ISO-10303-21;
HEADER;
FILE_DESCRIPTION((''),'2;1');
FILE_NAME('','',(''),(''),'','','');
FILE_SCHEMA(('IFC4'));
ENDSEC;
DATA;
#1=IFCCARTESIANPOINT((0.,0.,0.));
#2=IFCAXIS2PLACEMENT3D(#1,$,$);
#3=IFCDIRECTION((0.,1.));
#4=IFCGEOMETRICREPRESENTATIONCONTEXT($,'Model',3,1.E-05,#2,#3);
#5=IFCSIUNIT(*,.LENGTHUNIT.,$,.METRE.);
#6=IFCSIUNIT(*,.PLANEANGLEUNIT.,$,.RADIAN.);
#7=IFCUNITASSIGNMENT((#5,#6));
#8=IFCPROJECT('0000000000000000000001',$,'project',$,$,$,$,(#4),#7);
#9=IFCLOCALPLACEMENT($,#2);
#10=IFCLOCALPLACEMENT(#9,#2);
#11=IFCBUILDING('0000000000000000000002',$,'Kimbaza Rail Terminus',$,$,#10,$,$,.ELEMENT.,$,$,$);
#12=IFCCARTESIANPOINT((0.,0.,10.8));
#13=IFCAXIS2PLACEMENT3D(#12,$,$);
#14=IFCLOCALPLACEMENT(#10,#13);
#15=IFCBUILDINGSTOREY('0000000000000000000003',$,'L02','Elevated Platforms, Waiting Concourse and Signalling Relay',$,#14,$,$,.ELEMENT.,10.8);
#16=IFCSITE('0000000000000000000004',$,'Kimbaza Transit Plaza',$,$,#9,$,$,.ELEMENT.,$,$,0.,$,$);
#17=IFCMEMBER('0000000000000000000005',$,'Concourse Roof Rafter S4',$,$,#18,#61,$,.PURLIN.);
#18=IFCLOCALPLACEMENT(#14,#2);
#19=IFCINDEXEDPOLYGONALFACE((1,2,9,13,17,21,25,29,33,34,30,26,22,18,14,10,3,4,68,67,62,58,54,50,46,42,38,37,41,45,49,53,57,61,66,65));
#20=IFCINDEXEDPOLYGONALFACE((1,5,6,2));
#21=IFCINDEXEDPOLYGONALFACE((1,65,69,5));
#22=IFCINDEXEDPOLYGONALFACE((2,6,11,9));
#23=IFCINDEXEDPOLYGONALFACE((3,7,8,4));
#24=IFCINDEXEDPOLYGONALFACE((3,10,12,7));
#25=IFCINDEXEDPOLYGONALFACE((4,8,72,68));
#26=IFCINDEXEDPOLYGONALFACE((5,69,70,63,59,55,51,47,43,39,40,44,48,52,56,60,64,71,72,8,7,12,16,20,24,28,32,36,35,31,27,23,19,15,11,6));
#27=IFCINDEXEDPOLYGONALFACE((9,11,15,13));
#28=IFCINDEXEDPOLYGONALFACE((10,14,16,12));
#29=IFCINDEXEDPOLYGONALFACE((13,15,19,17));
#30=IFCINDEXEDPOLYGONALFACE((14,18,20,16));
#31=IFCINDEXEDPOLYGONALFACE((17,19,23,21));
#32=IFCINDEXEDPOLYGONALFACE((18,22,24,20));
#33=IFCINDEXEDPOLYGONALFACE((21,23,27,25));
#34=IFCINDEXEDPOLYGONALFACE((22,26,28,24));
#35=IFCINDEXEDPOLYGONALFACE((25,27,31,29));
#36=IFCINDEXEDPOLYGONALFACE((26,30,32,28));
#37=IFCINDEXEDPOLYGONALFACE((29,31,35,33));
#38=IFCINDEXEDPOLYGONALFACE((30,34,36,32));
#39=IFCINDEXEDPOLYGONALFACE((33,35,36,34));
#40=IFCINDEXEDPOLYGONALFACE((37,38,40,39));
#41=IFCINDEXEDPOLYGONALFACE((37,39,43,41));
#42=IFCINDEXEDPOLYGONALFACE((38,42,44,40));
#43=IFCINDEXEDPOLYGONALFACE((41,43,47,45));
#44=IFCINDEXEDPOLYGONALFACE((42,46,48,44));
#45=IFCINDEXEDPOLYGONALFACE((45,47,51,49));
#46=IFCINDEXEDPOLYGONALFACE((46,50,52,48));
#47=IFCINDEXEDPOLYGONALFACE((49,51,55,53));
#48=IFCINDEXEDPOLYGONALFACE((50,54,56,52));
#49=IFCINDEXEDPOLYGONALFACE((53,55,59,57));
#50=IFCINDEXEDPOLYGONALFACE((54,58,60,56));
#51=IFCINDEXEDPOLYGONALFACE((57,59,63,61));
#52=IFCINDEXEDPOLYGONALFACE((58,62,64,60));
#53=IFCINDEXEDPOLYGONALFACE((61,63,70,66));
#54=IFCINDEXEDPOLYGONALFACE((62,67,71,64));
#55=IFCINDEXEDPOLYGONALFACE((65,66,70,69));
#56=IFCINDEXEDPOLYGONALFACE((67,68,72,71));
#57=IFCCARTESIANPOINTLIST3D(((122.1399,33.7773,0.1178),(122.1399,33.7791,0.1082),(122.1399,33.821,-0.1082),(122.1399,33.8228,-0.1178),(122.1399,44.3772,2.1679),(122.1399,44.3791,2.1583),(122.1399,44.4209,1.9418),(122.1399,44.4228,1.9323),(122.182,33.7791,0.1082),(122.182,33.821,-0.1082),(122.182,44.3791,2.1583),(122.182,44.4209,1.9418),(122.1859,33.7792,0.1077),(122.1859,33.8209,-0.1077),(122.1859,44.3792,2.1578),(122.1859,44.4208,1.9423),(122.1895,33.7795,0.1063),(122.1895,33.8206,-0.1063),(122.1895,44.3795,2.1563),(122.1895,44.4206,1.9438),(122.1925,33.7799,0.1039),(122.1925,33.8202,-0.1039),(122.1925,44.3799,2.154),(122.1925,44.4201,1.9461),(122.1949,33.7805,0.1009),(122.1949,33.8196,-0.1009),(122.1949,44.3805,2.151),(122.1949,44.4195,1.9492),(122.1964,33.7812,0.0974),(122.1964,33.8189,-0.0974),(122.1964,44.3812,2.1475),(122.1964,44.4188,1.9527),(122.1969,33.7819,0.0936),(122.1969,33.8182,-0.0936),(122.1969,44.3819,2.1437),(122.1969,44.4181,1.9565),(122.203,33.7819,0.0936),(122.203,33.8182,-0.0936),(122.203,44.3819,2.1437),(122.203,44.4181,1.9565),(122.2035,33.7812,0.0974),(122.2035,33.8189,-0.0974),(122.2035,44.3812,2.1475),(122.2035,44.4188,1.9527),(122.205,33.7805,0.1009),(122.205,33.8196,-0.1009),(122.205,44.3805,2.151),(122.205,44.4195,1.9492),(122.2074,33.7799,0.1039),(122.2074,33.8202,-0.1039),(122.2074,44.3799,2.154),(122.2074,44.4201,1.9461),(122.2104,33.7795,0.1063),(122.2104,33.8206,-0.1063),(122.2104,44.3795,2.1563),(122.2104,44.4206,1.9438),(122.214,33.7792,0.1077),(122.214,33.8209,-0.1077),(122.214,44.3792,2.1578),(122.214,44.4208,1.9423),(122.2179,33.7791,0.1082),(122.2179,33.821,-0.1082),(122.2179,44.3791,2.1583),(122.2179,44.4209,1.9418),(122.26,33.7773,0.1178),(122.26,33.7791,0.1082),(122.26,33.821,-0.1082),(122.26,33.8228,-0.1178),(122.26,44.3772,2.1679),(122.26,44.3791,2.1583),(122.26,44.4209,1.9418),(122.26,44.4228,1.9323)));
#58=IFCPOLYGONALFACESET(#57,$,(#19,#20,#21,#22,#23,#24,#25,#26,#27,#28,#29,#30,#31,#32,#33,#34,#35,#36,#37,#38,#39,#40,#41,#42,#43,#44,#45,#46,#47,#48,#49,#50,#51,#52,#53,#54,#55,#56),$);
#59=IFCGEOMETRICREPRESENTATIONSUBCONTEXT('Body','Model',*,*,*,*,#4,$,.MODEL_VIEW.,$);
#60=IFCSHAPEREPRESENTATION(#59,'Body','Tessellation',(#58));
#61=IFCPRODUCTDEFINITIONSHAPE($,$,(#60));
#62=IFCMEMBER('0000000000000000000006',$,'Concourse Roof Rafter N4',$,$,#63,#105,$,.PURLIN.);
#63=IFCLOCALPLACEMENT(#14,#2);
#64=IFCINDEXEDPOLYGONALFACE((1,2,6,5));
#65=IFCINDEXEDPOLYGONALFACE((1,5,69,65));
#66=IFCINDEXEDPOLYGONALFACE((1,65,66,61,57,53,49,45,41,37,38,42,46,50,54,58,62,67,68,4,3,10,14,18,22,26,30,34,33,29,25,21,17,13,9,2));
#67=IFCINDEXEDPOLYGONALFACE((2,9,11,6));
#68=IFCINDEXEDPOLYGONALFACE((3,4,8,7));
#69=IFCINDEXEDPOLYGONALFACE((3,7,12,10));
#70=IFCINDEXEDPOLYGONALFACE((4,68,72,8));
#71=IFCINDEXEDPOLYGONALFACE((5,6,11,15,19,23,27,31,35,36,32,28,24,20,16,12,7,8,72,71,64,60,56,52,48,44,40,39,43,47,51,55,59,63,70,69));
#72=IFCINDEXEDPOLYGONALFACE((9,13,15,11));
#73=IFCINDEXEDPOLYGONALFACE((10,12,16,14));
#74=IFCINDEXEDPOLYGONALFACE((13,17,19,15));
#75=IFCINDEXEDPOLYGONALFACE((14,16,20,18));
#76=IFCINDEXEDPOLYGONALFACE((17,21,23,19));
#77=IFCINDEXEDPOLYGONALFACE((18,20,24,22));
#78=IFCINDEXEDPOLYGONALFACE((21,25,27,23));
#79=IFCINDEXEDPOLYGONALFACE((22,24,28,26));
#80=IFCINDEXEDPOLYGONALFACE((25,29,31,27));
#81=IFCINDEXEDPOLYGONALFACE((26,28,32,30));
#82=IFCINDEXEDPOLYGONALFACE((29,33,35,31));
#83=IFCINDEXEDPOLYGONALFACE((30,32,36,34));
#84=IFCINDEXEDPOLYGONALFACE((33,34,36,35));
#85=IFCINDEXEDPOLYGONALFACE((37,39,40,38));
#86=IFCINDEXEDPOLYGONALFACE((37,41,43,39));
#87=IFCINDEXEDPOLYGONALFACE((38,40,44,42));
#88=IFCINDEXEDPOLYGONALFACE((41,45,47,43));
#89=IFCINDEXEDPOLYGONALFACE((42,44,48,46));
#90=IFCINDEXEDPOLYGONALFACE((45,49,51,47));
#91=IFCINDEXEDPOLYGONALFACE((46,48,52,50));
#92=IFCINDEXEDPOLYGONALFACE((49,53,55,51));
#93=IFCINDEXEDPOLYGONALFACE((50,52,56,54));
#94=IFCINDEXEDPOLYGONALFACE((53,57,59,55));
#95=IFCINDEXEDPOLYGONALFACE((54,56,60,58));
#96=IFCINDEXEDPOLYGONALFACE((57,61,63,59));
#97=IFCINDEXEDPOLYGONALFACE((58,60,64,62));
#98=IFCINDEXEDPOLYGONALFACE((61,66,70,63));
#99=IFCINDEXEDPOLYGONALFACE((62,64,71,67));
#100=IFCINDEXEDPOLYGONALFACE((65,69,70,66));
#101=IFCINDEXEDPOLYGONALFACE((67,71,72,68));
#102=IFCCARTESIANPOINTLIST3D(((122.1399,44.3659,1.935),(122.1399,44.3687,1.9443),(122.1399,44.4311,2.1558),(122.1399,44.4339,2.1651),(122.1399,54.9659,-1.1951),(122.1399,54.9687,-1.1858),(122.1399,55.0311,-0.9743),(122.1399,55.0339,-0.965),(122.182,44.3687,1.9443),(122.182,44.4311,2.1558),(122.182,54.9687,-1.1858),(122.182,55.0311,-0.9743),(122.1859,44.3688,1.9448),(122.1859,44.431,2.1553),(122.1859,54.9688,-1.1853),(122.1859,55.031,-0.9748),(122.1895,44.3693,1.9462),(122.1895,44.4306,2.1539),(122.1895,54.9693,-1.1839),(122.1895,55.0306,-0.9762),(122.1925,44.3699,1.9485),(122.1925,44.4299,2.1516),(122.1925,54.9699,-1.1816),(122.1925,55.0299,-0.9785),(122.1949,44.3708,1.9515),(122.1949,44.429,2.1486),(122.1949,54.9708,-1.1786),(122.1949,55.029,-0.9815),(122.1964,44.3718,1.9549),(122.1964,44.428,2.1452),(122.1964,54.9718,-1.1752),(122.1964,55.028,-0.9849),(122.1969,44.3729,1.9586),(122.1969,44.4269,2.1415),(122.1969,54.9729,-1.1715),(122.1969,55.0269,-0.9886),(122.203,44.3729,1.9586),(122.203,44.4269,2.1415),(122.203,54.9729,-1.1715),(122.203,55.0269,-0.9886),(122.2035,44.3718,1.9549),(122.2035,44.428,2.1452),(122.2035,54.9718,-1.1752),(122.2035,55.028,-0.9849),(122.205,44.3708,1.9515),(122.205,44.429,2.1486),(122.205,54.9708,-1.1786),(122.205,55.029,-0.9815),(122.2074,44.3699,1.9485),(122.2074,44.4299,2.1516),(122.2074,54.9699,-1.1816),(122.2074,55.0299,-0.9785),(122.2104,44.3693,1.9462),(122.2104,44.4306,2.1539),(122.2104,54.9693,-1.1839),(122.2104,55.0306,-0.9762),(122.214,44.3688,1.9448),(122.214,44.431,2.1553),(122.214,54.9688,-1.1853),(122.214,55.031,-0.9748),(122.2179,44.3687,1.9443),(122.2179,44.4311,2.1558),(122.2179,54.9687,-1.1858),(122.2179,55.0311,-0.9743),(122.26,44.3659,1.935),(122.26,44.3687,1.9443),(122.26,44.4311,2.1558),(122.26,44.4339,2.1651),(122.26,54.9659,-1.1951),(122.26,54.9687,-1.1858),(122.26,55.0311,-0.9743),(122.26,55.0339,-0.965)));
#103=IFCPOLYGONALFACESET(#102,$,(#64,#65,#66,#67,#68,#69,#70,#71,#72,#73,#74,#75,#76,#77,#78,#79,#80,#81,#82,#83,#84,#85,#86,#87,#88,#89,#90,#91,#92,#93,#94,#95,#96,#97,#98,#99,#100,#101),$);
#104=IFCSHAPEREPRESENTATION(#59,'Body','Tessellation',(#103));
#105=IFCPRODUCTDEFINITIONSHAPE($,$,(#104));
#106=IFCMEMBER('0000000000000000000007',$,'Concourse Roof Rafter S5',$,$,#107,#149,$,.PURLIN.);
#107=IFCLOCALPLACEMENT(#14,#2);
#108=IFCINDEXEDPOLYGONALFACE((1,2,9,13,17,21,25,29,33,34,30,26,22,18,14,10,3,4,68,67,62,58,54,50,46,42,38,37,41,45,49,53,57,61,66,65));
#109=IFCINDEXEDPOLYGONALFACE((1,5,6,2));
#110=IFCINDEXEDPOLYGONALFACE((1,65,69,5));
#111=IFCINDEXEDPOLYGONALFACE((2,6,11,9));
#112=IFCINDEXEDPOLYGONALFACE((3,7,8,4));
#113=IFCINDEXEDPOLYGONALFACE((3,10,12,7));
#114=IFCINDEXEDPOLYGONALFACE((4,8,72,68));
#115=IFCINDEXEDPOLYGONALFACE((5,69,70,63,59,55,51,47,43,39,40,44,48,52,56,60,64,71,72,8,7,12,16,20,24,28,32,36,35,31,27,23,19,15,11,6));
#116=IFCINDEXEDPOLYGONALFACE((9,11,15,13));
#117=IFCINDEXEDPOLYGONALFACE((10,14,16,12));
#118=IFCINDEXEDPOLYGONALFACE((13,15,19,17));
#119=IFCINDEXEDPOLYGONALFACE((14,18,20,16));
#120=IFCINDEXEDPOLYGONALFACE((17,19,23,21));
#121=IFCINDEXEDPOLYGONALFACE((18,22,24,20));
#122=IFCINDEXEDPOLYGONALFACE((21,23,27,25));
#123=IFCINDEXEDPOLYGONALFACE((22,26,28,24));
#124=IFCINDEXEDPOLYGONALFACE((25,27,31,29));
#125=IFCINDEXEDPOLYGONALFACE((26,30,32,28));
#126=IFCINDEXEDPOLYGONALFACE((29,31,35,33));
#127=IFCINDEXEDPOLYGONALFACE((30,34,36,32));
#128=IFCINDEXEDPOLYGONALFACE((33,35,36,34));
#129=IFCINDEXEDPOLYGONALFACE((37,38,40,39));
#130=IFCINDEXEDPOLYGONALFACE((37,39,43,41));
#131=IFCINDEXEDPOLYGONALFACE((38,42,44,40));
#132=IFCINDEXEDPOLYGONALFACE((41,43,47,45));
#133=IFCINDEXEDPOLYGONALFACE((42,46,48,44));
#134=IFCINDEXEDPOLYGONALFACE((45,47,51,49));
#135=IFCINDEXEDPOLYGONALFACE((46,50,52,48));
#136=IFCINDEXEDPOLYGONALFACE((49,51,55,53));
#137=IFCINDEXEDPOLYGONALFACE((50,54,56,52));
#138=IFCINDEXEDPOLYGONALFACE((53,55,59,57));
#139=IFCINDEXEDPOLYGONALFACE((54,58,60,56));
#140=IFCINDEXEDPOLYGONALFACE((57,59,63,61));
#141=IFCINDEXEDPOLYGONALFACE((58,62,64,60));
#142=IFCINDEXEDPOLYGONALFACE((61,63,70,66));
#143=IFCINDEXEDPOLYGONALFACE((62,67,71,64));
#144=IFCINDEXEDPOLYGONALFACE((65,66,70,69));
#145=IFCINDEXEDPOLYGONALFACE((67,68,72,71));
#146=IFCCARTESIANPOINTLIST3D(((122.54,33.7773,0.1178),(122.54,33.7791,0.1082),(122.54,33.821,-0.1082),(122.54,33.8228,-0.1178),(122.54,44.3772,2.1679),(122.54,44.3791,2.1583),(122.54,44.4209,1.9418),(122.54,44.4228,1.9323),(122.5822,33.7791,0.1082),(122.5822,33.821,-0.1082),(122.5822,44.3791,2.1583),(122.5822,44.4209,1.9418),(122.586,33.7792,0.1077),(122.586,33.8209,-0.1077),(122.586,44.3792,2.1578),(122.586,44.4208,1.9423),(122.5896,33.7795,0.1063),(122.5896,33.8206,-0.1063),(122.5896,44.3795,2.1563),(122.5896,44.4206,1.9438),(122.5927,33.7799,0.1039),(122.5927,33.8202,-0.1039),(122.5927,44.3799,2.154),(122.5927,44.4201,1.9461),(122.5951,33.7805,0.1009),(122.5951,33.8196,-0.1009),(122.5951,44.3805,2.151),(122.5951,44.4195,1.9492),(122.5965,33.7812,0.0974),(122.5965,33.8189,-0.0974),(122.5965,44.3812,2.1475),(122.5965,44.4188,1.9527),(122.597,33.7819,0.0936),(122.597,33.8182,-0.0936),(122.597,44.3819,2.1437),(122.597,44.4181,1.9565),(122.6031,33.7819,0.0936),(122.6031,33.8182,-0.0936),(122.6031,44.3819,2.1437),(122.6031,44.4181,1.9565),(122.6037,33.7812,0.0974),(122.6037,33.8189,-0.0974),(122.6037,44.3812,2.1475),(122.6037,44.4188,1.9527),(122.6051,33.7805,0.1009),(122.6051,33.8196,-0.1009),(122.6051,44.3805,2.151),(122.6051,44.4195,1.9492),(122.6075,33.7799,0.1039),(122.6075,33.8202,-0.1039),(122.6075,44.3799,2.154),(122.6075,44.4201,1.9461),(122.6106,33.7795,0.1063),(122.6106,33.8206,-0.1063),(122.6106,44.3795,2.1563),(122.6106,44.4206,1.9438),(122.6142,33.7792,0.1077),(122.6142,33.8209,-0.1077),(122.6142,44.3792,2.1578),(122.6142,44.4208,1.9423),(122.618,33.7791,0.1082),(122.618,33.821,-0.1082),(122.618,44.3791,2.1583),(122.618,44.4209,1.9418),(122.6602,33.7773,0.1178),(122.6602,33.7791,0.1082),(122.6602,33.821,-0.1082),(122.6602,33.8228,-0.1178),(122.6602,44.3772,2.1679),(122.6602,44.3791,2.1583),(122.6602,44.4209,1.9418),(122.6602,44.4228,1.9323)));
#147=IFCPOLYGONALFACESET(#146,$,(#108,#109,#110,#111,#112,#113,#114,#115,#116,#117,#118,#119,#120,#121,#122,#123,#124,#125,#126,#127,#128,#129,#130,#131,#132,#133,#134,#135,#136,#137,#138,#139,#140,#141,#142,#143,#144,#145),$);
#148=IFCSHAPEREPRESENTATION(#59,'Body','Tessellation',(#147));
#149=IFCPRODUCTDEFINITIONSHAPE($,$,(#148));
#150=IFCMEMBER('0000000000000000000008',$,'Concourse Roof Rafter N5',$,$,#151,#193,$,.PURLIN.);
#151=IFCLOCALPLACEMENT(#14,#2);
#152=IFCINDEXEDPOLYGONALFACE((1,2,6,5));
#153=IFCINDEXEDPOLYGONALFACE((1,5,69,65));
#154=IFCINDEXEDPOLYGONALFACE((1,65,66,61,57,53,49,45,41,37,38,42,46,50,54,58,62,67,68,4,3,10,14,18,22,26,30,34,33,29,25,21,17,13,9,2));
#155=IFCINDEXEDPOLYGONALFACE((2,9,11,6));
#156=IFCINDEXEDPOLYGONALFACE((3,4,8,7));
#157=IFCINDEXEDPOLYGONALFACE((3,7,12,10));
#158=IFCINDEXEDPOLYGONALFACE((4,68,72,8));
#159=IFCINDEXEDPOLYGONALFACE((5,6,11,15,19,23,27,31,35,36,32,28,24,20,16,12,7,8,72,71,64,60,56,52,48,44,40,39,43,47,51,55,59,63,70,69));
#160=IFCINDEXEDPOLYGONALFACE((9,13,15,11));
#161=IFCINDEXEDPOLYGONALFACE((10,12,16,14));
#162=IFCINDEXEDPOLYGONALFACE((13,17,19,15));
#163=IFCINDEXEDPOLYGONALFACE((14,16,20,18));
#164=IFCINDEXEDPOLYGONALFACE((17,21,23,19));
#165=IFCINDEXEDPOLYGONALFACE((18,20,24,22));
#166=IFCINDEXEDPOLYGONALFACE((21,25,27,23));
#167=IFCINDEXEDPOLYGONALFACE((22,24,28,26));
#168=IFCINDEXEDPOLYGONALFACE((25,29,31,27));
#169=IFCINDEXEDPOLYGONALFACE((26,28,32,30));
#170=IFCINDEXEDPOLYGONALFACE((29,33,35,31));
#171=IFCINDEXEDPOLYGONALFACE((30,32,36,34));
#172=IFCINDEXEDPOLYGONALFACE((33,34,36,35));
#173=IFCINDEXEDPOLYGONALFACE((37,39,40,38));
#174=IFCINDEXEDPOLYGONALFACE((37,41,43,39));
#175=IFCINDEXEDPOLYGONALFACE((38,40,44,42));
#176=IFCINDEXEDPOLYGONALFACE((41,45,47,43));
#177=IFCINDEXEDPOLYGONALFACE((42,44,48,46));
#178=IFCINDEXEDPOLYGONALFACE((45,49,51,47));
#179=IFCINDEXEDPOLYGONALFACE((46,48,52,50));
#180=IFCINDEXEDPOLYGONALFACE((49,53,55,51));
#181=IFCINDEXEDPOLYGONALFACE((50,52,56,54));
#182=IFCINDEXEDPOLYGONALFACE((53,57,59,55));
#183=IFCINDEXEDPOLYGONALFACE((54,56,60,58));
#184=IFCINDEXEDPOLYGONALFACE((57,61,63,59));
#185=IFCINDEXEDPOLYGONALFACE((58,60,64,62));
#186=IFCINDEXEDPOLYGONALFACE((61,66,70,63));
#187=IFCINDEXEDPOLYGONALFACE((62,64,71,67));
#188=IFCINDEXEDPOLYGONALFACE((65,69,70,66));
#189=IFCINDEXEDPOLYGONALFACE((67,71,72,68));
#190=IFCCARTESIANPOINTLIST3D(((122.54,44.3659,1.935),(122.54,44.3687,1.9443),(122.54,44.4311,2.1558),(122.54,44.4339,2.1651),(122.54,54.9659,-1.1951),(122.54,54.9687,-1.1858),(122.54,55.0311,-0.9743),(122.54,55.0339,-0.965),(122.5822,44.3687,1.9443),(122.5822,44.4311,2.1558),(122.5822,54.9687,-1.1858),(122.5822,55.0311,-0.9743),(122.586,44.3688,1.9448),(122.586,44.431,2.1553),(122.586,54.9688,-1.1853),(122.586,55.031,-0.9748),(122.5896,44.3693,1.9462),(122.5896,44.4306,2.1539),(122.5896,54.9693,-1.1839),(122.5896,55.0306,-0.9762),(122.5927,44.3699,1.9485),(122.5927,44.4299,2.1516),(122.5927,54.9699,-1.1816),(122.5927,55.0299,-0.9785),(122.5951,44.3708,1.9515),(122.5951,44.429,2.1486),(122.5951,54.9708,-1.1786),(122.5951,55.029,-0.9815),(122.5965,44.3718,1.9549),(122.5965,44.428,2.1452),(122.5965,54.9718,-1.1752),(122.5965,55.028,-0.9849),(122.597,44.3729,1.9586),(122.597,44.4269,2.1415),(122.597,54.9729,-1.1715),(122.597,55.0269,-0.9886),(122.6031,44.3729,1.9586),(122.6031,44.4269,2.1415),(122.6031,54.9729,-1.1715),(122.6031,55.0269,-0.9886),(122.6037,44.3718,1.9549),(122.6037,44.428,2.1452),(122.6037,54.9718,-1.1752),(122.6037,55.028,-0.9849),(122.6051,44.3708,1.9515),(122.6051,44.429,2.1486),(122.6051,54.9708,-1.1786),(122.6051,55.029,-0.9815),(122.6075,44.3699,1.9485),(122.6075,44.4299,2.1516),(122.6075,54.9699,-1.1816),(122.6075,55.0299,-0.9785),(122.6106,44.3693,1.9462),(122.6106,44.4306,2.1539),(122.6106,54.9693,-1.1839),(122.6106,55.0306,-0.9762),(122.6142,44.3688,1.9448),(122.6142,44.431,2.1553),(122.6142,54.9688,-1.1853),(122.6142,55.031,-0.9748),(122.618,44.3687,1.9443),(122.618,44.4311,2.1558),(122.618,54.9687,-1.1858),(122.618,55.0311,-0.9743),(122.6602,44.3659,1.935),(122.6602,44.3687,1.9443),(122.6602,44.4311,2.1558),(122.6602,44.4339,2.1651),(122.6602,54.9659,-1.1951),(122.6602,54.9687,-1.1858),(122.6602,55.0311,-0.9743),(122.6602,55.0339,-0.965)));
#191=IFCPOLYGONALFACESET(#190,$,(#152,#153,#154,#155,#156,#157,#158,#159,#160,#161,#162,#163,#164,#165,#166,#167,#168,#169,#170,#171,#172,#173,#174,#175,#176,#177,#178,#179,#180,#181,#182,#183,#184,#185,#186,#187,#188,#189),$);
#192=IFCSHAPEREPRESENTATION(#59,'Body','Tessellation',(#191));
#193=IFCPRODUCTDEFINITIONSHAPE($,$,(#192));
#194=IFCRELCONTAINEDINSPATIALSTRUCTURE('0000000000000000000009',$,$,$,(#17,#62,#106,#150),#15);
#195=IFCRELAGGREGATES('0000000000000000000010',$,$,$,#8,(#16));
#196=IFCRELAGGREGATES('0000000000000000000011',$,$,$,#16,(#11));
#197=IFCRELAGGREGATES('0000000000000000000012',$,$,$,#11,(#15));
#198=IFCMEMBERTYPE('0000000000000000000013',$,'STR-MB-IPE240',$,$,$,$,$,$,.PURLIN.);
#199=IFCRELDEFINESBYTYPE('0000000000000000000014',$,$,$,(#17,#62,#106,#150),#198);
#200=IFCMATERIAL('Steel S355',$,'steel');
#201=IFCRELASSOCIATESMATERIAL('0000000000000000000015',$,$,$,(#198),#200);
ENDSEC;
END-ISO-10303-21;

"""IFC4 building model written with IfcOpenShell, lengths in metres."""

from ifc_helpers import new_model, si_unit, direction, frame, origin, origin_2d, place, context, subcontext, project, spatial, i_section, extrude, material, material_profile, profile_set, type_object, element, save


model = new_model("IFC4")

# Units and contexts
model_context = context("Model", 3, precision=1e-05, world=origin(), true_north=direction((0.0, 1.0)))
body_context = subcontext(model_context, "Body", "Model", "MODEL_VIEW")
ifc_project = project(units=[si_unit("LENGTHUNIT", "METRE"), si_unit("PLANEANGLEUNIT", "RADIAN")], contexts=[model_context])

# Site, building, storey
site_placement = place(None, origin())
site = spatial("IfcSite", under=ifc_project, at=site_placement, Name="Kimbaza Transit Plaza", CompositionType="ELEMENT", RefElevation=0.0)
building_placement = place(site_placement, origin())
building = spatial("IfcBuilding", under=site, at=building_placement, Name="Kimbaza Rail Terminus", CompositionType="ELEMENT")
storey_placement = place(building_placement, frame((0.0, 0.0, 10.8)))
storey = spatial("IfcBuildingStorey", under=building, at=storey_placement, Name="L02", Description="Elevated Platforms, Waiting Concourse and Signalling Relay", CompositionType="ELEMENT", Elevation=10.8)

# Members
ifc_material_1 = material(Name="Steel S355", Category="steel")
ifc_material_profile_1 = material_profile(ifc_material_1, i_section(OverallWidth=0.1201, OverallDepth=0.24, WebThickness=0.0061, FlangeThickness=0.0098, FilletRadius=0.0149, at=origin_2d()), Name="IPE 240")
ifc_profile_set_1 = profile_set([ifc_material_profile_1], Name="Steel S355")
member_type_1 = type_object("IfcMemberType", Name="STR-MB-IPE240", PredefinedType="PURLIN", material=ifc_profile_set_1)
member_1_placement = place(storey_placement, frame((122.2, 33.8, 0.0), z_axis=(0.0, 0.981806, 0.189885), x_axis=(-1.0, 0.0, 0.0)))
element("IfcMember", 1, at=member_1_placement, inside=storey, type_object=member_type_1, Name="Concourse Roof Rafter S4", PredefinedType="PURLIN", context=body_context, shape_type="SweptSolid", body=[
    extrude(i_section(OverallWidth=0.1201, OverallDepth=0.24, WebThickness=0.0061, FlangeThickness=0.0098, FilletRadius=0.0149, at=origin_2d()), origin(), (0.0, 0.0, 1.0), 10.7964),
])
member_2_placement = place(storey_placement, frame((122.2, 44.3999, 2.05), z_axis=(0.0, 0.95906, -0.283203), x_axis=(-1.0, 0.0, 0.0)))
element("IfcMember", 2, at=member_2_placement, inside=storey, type_object=member_type_1, Name="Concourse Roof Rafter N4", PredefinedType="PURLIN", context=body_context, shape_type="SweptSolid", body=[
    extrude(i_section(OverallWidth=0.1201, OverallDepth=0.24, WebThickness=0.0061, FlangeThickness=0.0098, FilletRadius=0.0149, at=origin_2d()), origin(), (0.0, 0.0, 1.0), 11.0525),
])
member_3_placement = place(storey_placement, frame((122.6001, 33.8, 0.0), z_axis=(0.0, 0.981806, 0.189885), x_axis=(-1.0, 0.0, 0.0)))
element("IfcMember", 3, at=member_3_placement, inside=storey, type_object=member_type_1, Name="Concourse Roof Rafter S5", PredefinedType="PURLIN", context=body_context, shape_type="SweptSolid", body=[
    extrude(i_section(OverallWidth=0.1201, OverallDepth=0.24, WebThickness=0.0061, FlangeThickness=0.0098, FilletRadius=0.0149, at=origin_2d()), origin(), (0.0, 0.0, 1.0), 10.7964),
])
member_4_placement = place(storey_placement, frame((122.6001, 44.3999, 2.05), z_axis=(0.0, 0.95906, -0.283203), x_axis=(-1.0, 0.0, 0.0)))
element("IfcMember", 4, at=member_4_placement, inside=storey, type_object=member_type_1, Name="Concourse Roof Rafter N5", PredefinedType="PURLIN", context=body_context, shape_type="SweptSolid", body=[
    extrude(i_section(OverallWidth=0.1201, OverallDepth=0.24, WebThickness=0.0061, FlangeThickness=0.0098, FilletRadius=0.0149, at=origin_2d()), origin(), (0.0, 0.0, 1.0), 11.0525),
])

save(model, "model.ifc")
